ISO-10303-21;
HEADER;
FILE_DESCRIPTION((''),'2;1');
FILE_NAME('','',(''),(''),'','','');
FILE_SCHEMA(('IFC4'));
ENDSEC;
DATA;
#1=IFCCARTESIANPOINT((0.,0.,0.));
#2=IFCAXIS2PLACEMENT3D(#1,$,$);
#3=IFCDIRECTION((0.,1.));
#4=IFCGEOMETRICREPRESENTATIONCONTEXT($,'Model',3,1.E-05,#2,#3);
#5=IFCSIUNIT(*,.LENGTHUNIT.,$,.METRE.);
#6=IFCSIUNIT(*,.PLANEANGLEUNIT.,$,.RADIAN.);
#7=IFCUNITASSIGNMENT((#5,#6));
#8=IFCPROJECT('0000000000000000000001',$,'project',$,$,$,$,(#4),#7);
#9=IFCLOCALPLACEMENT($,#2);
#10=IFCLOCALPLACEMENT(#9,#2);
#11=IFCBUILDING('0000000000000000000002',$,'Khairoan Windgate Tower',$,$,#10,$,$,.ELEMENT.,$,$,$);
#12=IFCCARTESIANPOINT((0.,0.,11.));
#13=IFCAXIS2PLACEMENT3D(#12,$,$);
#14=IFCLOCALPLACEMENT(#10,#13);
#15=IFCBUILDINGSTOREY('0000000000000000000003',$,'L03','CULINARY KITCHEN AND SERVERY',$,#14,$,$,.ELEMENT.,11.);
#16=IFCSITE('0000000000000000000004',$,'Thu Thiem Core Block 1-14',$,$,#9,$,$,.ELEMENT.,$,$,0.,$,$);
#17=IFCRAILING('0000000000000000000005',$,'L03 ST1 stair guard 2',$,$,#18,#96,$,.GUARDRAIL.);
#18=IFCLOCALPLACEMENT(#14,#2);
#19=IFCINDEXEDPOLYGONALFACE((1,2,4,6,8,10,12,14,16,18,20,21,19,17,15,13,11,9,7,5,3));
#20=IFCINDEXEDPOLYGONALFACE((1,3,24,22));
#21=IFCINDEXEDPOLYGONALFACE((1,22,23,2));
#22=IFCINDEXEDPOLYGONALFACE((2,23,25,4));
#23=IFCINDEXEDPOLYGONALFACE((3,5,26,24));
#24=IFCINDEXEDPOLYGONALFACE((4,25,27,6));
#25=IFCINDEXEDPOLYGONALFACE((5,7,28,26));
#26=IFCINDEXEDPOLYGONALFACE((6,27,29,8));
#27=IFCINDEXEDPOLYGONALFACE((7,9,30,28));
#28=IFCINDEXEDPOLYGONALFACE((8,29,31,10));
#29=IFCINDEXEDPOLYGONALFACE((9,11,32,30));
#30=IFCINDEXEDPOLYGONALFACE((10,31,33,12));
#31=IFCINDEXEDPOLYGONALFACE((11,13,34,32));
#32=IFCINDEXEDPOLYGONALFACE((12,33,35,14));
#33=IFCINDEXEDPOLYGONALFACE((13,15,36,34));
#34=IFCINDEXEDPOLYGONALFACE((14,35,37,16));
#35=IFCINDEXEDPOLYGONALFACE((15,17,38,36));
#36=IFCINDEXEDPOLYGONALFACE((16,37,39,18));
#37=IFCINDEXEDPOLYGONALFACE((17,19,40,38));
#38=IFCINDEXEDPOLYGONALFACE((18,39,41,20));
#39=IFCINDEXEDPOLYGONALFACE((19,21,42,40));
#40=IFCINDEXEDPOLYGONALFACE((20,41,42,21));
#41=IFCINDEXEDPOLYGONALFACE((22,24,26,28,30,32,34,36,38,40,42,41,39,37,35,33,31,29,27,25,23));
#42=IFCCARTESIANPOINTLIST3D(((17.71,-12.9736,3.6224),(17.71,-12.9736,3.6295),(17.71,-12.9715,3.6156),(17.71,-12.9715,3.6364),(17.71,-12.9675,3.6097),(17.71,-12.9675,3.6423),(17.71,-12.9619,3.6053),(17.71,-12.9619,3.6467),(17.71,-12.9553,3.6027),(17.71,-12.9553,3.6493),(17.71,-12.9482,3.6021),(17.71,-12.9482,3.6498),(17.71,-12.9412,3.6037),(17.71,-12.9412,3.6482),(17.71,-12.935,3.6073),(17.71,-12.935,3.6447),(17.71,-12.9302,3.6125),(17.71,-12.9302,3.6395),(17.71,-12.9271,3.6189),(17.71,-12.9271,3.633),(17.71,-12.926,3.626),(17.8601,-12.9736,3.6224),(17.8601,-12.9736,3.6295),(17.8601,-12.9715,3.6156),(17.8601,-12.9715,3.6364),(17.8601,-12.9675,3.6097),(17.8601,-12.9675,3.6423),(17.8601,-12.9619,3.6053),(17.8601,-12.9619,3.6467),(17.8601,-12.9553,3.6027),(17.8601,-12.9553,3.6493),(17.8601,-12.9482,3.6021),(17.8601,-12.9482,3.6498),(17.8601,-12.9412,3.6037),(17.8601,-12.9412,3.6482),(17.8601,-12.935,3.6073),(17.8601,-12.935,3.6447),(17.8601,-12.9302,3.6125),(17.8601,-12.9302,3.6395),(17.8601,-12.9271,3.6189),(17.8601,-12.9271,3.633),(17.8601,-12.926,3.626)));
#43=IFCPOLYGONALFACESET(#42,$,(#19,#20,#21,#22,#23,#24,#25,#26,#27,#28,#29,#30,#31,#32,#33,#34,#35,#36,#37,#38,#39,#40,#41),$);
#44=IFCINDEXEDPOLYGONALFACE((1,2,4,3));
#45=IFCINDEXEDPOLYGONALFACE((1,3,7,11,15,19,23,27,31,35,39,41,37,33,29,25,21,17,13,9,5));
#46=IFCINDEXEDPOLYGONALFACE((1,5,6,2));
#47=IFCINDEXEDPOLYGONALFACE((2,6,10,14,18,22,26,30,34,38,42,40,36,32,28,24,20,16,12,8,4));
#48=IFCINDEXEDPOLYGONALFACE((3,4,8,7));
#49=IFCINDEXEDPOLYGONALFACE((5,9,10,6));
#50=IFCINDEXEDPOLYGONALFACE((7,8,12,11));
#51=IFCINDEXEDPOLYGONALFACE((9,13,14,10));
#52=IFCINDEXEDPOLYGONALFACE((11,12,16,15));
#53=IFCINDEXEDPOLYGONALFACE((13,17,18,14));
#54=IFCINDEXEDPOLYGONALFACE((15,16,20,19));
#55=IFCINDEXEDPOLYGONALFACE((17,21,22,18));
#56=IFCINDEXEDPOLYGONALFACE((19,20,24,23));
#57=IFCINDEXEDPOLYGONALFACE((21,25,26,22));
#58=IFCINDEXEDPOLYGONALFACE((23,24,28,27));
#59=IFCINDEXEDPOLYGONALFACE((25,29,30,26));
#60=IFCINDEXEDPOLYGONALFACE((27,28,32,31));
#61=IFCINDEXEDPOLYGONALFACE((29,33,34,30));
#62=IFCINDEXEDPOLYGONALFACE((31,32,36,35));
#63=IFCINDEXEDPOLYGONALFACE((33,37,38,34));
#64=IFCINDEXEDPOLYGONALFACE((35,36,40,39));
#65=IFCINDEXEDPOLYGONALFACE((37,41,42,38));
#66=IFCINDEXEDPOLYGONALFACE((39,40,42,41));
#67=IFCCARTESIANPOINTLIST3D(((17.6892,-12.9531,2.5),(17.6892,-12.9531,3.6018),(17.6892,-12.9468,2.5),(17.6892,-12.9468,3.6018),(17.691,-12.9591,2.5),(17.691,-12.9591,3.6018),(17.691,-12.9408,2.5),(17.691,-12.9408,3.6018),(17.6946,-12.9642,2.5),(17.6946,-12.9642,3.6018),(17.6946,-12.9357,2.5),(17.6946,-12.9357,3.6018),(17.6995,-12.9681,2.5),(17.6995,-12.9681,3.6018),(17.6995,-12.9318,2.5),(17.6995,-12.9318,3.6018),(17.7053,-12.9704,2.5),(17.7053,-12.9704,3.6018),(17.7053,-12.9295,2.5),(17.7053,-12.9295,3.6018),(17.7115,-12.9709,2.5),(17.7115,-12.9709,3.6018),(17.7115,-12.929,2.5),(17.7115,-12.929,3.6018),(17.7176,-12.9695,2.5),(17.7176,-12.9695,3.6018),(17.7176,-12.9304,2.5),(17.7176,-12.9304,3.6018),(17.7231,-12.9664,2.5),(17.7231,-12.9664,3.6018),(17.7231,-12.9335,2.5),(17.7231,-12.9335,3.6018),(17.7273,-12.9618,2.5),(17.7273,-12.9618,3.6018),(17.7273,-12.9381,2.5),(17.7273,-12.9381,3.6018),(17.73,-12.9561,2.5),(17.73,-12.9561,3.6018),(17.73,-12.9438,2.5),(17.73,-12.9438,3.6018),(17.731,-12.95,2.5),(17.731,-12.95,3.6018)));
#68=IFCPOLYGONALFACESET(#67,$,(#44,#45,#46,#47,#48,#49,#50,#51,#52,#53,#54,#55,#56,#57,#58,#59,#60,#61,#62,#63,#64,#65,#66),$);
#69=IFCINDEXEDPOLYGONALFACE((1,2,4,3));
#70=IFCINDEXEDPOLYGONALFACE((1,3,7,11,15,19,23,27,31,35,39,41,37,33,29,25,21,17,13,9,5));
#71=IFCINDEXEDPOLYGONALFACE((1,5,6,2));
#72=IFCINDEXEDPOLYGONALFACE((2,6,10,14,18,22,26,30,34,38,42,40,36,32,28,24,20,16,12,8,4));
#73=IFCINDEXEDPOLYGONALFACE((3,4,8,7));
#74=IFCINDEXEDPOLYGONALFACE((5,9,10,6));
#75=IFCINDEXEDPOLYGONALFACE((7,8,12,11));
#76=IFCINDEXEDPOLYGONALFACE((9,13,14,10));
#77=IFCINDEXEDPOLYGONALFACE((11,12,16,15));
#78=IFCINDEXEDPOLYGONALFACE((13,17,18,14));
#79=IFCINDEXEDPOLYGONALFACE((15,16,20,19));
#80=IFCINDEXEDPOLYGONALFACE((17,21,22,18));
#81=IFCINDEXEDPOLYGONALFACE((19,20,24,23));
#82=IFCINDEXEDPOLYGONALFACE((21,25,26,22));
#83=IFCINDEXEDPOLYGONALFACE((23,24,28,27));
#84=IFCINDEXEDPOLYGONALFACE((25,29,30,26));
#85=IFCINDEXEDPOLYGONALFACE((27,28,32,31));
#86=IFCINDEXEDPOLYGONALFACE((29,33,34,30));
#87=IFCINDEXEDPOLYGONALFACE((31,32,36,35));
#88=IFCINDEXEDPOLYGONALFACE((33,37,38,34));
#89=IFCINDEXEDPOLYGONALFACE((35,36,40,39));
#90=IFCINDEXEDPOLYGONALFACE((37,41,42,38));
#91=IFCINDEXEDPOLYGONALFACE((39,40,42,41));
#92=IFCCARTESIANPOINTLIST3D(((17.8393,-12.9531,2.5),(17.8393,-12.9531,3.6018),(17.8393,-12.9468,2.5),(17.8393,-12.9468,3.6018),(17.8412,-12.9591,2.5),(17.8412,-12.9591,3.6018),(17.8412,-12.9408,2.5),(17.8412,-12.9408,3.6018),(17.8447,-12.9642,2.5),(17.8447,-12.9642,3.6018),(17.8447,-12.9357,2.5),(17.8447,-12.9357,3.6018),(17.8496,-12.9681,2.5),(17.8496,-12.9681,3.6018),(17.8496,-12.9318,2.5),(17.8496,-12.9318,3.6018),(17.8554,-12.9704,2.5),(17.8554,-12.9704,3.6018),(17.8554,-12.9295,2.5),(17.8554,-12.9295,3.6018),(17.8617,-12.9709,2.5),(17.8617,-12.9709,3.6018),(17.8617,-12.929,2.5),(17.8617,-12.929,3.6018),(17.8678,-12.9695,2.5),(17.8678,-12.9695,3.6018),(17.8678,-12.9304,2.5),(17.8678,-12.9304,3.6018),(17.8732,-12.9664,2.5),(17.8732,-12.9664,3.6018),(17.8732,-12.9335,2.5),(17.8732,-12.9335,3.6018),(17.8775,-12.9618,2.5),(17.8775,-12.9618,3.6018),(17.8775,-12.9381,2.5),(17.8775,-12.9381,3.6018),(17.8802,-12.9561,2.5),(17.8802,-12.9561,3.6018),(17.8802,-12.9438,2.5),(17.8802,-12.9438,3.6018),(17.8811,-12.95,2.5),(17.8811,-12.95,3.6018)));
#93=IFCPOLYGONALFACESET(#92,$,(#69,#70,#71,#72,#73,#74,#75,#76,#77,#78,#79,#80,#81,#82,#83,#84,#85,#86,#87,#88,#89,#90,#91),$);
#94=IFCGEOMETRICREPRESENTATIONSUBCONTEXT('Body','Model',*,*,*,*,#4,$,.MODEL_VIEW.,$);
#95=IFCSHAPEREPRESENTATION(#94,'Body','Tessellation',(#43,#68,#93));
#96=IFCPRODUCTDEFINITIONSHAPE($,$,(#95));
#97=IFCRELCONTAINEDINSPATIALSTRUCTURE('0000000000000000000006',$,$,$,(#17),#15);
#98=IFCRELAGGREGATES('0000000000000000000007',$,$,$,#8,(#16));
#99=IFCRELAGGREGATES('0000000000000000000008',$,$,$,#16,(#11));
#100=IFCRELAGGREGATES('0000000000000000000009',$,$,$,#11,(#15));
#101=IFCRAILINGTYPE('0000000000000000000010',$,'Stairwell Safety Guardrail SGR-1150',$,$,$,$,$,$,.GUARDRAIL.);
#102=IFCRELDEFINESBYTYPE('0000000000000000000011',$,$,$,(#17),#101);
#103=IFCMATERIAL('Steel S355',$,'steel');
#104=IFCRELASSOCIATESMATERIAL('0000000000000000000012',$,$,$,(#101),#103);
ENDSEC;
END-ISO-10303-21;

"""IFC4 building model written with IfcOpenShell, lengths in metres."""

from ifc_helpers import new_model, si_unit, direction, frame, origin, origin_2d, place, context, subcontext, project, spatial, circle, extrude, material, type_object, element, save


model = new_model("IFC4")

# Units and contexts
model_context = context("Model", 3, precision=1e-05, world=origin(), true_north=direction((0.0, 1.0)))
body_context = subcontext(model_context, "Body", "Model", "MODEL_VIEW")
ifc_project = project(units=[si_unit("LENGTHUNIT", "METRE"), si_unit("PLANEANGLEUNIT", "RADIAN")], contexts=[model_context])

# Site, building, storey
site_placement = place(None, origin())
site = spatial("IfcSite", under=ifc_project, at=site_placement, Name="Thu Thiem Core Block 1-14", CompositionType="ELEMENT", RefElevation=0.0)
building_placement = place(site_placement, origin())
building = spatial("IfcBuilding", under=site, at=building_placement, Name="Khairoan Windgate Tower", CompositionType="ELEMENT")
storey_placement = place(building_placement, frame((0.0, 0.0, 11.0)))
storey = spatial("IfcBuildingStorey", under=building, at=storey_placement, Name="L03", Description="CULINARY KITCHEN AND SERVERY", CompositionType="ELEMENT", Elevation=11.0)

# Railing
ifc_material_1 = material(Name="Steel S355", Category="steel")
railing_type_1 = type_object("IfcRailingType", Name="Stairwell Safety Guardrail SGR-1150", PredefinedType="GUARDRAIL", material=ifc_material_1)
railing_1_placement = place(storey_placement, frame((17.71, -12.95, 2.5)))
element("IfcRailing", 1, at=railing_1_placement, inside=storey, type_object=railing_type_1, Name="L03 ST1 stair guard 2", PredefinedType="GUARDRAIL", context=body_context, shape_type="SweptSolid", body=[
    extrude(circle(Radius=0.0239, at=origin_2d()), frame((0.0, 0.0, 1.126), z_axis=(1.0, 0.0, 0.0), x_axis=(0.0, 1.0, 0.0)), (0.0, 0.0, 1.0), 0.1501),
    extrude(circle(Radius=0.021, at=origin_2d()), origin(), (0.0, 0.0, 1.0), 1.1018),
    extrude(circle(Radius=0.021, at=origin_2d()), frame((0.1501, 0.0, 0.0)), (0.0, 0.0, 1.0), 1.1018),
])

save(model, "model.ifc")
